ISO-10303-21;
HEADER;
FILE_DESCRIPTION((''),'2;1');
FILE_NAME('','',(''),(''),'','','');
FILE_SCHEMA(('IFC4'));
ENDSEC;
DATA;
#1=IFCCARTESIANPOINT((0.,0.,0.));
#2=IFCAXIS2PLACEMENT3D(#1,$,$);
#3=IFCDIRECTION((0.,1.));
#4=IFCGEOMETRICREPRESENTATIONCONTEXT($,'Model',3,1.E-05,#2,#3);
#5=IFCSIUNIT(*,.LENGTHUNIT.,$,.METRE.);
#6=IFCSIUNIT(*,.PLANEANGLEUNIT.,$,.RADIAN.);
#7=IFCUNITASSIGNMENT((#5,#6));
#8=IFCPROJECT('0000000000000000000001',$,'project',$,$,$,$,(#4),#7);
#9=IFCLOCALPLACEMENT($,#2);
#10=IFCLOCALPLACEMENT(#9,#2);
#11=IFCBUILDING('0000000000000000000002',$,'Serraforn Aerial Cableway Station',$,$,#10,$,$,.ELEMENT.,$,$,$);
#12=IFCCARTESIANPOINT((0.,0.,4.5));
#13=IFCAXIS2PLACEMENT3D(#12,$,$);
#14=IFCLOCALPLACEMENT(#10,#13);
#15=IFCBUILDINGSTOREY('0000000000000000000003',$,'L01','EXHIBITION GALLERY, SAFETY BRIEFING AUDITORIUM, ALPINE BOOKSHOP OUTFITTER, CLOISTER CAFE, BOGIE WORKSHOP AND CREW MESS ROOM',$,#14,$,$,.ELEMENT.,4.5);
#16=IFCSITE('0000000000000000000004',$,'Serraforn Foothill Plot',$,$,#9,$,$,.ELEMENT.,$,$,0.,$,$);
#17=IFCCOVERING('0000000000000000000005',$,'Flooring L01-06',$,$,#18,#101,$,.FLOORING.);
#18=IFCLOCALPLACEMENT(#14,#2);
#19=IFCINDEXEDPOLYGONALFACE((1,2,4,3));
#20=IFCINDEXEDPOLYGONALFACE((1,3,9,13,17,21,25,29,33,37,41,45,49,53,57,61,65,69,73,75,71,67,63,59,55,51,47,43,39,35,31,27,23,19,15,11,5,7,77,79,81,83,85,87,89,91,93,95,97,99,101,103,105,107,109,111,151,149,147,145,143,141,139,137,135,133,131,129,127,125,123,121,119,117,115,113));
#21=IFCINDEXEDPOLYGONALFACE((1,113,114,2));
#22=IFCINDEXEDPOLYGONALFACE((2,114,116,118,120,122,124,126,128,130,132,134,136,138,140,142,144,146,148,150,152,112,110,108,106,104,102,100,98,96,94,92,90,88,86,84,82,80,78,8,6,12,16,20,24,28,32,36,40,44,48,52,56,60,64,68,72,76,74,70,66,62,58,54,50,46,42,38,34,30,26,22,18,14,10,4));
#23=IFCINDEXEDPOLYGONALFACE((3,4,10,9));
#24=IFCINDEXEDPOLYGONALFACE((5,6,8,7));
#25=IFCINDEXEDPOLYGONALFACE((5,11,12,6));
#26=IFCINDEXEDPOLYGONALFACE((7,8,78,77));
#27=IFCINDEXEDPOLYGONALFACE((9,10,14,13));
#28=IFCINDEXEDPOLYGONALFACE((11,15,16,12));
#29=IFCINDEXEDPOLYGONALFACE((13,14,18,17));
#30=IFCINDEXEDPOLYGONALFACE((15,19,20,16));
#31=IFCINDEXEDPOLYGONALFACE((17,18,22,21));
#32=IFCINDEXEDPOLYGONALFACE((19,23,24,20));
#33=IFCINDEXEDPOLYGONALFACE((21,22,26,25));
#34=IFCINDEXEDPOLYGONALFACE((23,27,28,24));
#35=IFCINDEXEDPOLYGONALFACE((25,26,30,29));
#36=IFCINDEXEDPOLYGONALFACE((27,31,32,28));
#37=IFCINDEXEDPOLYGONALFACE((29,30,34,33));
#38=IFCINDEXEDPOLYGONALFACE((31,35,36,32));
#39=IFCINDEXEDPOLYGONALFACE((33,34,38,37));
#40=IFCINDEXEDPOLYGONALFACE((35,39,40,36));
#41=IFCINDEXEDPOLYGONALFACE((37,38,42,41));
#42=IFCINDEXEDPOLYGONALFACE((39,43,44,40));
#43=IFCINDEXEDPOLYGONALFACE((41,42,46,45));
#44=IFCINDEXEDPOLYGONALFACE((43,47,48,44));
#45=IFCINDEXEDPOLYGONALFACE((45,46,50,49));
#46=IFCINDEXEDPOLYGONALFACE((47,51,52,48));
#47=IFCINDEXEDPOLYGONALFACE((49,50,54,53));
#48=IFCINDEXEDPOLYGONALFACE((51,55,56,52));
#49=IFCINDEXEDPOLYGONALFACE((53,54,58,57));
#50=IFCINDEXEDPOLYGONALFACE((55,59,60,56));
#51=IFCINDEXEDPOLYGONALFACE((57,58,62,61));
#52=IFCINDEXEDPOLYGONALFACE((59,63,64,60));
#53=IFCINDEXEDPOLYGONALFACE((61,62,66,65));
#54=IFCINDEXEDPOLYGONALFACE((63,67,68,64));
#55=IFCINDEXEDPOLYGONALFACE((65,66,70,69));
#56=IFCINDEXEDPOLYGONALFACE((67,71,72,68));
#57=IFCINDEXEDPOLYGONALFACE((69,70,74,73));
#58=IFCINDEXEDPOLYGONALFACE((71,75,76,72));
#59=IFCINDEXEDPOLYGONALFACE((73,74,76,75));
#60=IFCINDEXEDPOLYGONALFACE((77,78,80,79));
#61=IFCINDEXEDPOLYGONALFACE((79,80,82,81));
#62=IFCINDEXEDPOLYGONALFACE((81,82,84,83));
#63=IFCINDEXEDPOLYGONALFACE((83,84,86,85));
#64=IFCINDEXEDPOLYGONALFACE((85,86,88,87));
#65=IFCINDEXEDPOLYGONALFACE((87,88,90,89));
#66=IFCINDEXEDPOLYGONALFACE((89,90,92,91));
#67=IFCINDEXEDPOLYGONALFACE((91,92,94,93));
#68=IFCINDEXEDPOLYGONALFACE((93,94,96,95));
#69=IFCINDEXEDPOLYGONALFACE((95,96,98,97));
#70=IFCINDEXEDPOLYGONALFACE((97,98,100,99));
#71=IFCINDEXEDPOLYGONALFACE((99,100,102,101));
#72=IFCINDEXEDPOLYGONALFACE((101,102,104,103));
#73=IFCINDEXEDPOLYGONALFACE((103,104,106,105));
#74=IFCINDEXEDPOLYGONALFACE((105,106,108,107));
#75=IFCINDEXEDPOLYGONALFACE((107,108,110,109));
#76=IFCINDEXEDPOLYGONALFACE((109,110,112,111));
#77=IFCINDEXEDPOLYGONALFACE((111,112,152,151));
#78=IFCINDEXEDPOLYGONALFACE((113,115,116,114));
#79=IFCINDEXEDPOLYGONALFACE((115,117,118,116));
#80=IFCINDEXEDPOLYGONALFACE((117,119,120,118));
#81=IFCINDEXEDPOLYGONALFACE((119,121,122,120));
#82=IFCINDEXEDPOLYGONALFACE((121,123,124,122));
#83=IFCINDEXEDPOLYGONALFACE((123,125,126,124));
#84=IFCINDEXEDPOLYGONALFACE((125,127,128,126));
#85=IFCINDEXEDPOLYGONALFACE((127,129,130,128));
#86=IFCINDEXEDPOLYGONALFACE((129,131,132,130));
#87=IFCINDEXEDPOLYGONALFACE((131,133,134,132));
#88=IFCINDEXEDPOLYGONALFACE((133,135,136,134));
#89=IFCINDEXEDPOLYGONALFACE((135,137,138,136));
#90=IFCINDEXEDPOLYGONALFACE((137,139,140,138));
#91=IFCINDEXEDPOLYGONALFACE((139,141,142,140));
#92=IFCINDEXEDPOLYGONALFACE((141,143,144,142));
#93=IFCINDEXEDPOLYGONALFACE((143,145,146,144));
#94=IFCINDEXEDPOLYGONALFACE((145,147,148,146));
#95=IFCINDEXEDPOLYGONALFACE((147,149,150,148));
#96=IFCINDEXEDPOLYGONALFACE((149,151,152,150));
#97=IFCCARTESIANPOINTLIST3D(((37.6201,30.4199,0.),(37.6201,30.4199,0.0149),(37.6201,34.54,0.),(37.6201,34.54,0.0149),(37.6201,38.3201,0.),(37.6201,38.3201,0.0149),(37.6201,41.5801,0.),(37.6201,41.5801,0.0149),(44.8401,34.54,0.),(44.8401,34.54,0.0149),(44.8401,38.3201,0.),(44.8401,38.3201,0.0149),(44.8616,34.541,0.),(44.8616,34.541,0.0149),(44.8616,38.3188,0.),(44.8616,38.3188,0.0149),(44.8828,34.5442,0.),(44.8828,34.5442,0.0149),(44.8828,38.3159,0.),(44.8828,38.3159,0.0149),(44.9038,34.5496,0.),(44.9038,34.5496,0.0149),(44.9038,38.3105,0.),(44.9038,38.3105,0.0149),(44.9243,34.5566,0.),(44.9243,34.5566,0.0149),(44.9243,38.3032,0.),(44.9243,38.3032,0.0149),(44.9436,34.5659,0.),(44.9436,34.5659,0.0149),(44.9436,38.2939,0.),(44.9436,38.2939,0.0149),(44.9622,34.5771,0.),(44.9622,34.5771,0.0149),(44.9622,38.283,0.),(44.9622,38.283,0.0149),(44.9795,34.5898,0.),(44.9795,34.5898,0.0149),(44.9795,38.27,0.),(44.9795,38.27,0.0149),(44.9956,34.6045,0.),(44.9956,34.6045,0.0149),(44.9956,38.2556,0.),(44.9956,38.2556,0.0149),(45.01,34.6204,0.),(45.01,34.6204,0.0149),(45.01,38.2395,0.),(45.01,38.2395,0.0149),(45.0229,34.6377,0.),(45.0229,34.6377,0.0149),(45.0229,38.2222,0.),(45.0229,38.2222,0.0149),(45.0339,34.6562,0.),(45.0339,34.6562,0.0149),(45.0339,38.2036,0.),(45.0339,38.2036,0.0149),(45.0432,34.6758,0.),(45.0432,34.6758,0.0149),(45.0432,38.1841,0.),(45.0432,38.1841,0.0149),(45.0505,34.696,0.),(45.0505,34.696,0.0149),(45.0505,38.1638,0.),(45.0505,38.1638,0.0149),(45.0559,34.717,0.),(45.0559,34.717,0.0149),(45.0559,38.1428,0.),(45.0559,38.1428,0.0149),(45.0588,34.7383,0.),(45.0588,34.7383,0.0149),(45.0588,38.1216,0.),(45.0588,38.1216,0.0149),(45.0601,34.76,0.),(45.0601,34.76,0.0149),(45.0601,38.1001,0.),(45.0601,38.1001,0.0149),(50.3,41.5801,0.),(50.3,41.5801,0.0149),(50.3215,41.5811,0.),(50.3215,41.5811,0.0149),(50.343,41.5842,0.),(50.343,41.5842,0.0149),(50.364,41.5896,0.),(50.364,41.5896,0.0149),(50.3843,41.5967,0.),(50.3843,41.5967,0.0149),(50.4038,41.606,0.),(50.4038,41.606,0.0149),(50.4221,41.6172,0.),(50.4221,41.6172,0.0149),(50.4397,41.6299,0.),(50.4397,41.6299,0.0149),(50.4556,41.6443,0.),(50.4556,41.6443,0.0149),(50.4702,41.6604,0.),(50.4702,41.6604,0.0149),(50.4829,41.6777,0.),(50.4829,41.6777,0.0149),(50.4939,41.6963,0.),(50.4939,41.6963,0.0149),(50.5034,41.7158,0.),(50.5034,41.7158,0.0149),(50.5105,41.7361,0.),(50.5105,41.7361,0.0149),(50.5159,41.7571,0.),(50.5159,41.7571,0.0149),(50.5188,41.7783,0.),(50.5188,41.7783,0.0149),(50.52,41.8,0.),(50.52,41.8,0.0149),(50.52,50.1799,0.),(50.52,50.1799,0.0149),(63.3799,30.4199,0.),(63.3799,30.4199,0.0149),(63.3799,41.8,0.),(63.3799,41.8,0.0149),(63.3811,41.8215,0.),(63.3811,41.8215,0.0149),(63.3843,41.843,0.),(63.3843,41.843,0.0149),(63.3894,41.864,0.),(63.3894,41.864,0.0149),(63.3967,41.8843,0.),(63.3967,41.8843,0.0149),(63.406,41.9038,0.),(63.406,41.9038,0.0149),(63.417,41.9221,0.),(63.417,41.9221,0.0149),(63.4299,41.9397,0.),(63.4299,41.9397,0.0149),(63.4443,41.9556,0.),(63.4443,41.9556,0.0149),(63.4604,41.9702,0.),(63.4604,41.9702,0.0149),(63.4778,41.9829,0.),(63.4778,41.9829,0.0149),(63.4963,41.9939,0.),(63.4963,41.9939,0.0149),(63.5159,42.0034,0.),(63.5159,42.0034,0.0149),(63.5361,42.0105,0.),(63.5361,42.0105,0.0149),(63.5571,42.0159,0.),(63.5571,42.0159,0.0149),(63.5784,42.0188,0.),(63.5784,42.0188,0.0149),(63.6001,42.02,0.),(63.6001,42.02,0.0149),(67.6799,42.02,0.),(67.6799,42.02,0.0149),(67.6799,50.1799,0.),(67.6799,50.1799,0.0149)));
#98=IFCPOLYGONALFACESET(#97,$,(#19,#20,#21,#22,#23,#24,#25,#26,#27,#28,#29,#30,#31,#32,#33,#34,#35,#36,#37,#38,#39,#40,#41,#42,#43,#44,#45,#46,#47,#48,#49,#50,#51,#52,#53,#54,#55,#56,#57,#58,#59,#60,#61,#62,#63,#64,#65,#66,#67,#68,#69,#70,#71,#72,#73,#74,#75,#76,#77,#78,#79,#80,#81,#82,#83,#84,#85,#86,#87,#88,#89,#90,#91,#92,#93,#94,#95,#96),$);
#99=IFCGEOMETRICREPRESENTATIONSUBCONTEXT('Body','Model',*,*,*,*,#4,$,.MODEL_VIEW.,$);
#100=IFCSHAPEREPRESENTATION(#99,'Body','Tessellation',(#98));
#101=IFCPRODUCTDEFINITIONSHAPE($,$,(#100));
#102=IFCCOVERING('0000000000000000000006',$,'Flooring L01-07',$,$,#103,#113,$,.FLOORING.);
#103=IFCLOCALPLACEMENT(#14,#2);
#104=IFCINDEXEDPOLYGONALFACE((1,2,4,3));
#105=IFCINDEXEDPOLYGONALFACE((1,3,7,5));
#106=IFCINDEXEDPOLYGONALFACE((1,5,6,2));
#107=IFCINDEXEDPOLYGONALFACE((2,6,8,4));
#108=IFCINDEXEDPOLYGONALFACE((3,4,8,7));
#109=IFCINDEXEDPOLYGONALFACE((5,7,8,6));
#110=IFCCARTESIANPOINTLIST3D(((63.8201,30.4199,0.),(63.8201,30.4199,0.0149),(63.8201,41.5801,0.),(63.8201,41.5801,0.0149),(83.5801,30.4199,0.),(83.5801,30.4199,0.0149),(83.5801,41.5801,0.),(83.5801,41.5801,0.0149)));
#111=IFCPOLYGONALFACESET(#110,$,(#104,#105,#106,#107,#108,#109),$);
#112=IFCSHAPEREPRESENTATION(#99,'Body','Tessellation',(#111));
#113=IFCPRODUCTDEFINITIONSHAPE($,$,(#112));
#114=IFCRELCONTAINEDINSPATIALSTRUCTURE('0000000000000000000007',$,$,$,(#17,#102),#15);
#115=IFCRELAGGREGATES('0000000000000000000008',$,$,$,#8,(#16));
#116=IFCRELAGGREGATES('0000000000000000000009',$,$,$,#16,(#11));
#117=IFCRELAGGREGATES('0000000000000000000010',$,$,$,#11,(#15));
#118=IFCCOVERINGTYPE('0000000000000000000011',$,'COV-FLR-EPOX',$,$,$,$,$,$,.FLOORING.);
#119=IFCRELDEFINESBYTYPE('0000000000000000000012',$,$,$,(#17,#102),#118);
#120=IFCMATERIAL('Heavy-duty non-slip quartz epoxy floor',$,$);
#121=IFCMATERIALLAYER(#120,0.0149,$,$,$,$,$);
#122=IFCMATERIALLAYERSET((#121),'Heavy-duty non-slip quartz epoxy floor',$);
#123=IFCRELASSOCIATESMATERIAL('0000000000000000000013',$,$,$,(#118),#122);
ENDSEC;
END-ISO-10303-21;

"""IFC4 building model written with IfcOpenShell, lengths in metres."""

from ifc_helpers import new_model, si_unit, direction, frame, origin, place, context, subcontext, project, spatial, polyline, outline, extrude, material, layer, layer_set, type_object, element, save


model = new_model("IFC4")

# Units and contexts
model_context = context("Model", 3, precision=1e-05, world=origin(), true_north=direction((0.0, 1.0)))
body_context = subcontext(model_context, "Body", "Model", "MODEL_VIEW")
ifc_project = project(units=[si_unit("LENGTHUNIT", "METRE"), si_unit("PLANEANGLEUNIT", "RADIAN")], contexts=[model_context])

# Site, building, storey
site_placement = place(None, origin())
site = spatial("IfcSite", under=ifc_project, at=site_placement, Name="Serraforn Foothill Plot", CompositionType="ELEMENT", RefElevation=0.0)
building_placement = place(site_placement, origin())
building = spatial("IfcBuilding", under=site, at=building_placement, Name="Serraforn Aerial Cableway Station", CompositionType="ELEMENT")
storey_placement = place(building_placement, frame((0.0, 0.0, 4.5)))
storey = spatial("IfcBuildingStorey", under=building, at=storey_placement, Name="L01", Description="EXHIBITION GALLERY, SAFETY BRIEFING AUDITORIUM, ALPINE BOOKSHOP OUTFITTER, CLOISTER CAFE, BOGIE WORKSHOP AND CREW MESS ROOM", CompositionType="ELEMENT", Elevation=4.5)

# Coverings
ifc_material_1 = material(Name="Heavy-duty non-slip quartz epoxy floor")
ifc_layer_1 = layer(ifc_material_1, 0.0149)
ifc_layer_set_1 = layer_set([ifc_layer_1], Name="Heavy-duty non-slip quartz epoxy floor")
covering_type_1 = type_object("IfcCoveringType", Name="COV-FLR-EPOX", PredefinedType="FLOORING", material=ifc_layer_set_1)
covering_1_placement = place(storey_placement, origin())
element("IfcCovering", 1, at=covering_1_placement, inside=storey, type_object=covering_type_1, Name="Flooring L01-06", PredefinedType="FLOORING", context=body_context, shape_type="SweptSolid", body=[
    extrude(outline(polyline([(37.6201, 30.4199), (37.6201, 34.54), (44.8401, 34.54), (44.8616, 34.541), (44.8828, 34.5442), (44.9038, 34.5496), (44.9243, 34.5566), (44.9436, 34.5659), (44.9622, 34.5771), (44.9795, 34.5898), (44.9956, 34.6045), (45.01, 34.6204), (45.0229, 34.6377), (45.0339, 34.6562), (45.0432, 34.6758), (45.0505, 34.696), (45.0559, 34.717), (45.0588, 34.7383), (45.0601, 34.76), (45.0601, 38.1001), (45.0588, 38.1216), (45.0559, 38.1428), (45.0505, 38.1638), (45.0432, 38.1841), (45.0339, 38.2036), (45.0229, 38.2222), (45.01, 38.2395), (44.9956, 38.2556), (44.9795, 38.27), (44.9622, 38.283), (44.9436, 38.2939), (44.9243, 38.3032), (44.9038, 38.3105), (44.8828, 38.3159), (44.8616, 38.3188), (44.8401, 38.3201), (37.6201, 38.3201), (37.6201, 41.5801), (50.3, 41.5801), (50.3215, 41.5811), (50.343, 41.5842), (50.364, 41.5896), (50.3843, 41.5967), (50.4038, 41.606), (50.4221, 41.6172), (50.4397, 41.6299), (50.4556, 41.6443), (50.4702, 41.6604), (50.4829, 41.6777), (50.4939, 41.6963), (50.5034, 41.7158), (50.5105, 41.7361), (50.5159, 41.7571), (50.5188, 41.7783), (50.52, 41.8), (50.52, 50.1799), (67.6799, 50.1799), (67.6799, 42.02), (63.6001, 42.02), (63.5784, 42.0188), (63.5571, 42.0159), (63.5361, 42.0105), (63.5159, 42.0034), (63.4963, 41.9939), (63.4778, 41.9829), (63.4604, 41.9702), (63.4443, 41.9556), (63.4299, 41.9397), (63.417, 41.9221), (63.406, 41.9038), (63.3967, 41.8843), (63.3894, 41.864), (63.3843, 41.843), (63.3811, 41.8215), (63.3799, 41.8), (63.3799, 30.4199), (37.6201, 30.4199)])), origin(), (0.0, 0.0, 1.0), 0.0149),
])
covering_2_placement = place(storey_placement, origin())
element("IfcCovering", 2, at=covering_2_placement, inside=storey, type_object=covering_type_1, Name="Flooring L01-07", PredefinedType="FLOORING", context=body_context, shape_type="SweptSolid", body=[
    extrude(outline(polyline([(63.8201, 30.4199), (63.8201, 41.5801), (83.5801, 41.5801), (83.5801, 30.4199), (63.8201, 30.4199)])), origin(), (0.0, 0.0, 1.0), 0.0149),
])

save(model, "model.ifc")
